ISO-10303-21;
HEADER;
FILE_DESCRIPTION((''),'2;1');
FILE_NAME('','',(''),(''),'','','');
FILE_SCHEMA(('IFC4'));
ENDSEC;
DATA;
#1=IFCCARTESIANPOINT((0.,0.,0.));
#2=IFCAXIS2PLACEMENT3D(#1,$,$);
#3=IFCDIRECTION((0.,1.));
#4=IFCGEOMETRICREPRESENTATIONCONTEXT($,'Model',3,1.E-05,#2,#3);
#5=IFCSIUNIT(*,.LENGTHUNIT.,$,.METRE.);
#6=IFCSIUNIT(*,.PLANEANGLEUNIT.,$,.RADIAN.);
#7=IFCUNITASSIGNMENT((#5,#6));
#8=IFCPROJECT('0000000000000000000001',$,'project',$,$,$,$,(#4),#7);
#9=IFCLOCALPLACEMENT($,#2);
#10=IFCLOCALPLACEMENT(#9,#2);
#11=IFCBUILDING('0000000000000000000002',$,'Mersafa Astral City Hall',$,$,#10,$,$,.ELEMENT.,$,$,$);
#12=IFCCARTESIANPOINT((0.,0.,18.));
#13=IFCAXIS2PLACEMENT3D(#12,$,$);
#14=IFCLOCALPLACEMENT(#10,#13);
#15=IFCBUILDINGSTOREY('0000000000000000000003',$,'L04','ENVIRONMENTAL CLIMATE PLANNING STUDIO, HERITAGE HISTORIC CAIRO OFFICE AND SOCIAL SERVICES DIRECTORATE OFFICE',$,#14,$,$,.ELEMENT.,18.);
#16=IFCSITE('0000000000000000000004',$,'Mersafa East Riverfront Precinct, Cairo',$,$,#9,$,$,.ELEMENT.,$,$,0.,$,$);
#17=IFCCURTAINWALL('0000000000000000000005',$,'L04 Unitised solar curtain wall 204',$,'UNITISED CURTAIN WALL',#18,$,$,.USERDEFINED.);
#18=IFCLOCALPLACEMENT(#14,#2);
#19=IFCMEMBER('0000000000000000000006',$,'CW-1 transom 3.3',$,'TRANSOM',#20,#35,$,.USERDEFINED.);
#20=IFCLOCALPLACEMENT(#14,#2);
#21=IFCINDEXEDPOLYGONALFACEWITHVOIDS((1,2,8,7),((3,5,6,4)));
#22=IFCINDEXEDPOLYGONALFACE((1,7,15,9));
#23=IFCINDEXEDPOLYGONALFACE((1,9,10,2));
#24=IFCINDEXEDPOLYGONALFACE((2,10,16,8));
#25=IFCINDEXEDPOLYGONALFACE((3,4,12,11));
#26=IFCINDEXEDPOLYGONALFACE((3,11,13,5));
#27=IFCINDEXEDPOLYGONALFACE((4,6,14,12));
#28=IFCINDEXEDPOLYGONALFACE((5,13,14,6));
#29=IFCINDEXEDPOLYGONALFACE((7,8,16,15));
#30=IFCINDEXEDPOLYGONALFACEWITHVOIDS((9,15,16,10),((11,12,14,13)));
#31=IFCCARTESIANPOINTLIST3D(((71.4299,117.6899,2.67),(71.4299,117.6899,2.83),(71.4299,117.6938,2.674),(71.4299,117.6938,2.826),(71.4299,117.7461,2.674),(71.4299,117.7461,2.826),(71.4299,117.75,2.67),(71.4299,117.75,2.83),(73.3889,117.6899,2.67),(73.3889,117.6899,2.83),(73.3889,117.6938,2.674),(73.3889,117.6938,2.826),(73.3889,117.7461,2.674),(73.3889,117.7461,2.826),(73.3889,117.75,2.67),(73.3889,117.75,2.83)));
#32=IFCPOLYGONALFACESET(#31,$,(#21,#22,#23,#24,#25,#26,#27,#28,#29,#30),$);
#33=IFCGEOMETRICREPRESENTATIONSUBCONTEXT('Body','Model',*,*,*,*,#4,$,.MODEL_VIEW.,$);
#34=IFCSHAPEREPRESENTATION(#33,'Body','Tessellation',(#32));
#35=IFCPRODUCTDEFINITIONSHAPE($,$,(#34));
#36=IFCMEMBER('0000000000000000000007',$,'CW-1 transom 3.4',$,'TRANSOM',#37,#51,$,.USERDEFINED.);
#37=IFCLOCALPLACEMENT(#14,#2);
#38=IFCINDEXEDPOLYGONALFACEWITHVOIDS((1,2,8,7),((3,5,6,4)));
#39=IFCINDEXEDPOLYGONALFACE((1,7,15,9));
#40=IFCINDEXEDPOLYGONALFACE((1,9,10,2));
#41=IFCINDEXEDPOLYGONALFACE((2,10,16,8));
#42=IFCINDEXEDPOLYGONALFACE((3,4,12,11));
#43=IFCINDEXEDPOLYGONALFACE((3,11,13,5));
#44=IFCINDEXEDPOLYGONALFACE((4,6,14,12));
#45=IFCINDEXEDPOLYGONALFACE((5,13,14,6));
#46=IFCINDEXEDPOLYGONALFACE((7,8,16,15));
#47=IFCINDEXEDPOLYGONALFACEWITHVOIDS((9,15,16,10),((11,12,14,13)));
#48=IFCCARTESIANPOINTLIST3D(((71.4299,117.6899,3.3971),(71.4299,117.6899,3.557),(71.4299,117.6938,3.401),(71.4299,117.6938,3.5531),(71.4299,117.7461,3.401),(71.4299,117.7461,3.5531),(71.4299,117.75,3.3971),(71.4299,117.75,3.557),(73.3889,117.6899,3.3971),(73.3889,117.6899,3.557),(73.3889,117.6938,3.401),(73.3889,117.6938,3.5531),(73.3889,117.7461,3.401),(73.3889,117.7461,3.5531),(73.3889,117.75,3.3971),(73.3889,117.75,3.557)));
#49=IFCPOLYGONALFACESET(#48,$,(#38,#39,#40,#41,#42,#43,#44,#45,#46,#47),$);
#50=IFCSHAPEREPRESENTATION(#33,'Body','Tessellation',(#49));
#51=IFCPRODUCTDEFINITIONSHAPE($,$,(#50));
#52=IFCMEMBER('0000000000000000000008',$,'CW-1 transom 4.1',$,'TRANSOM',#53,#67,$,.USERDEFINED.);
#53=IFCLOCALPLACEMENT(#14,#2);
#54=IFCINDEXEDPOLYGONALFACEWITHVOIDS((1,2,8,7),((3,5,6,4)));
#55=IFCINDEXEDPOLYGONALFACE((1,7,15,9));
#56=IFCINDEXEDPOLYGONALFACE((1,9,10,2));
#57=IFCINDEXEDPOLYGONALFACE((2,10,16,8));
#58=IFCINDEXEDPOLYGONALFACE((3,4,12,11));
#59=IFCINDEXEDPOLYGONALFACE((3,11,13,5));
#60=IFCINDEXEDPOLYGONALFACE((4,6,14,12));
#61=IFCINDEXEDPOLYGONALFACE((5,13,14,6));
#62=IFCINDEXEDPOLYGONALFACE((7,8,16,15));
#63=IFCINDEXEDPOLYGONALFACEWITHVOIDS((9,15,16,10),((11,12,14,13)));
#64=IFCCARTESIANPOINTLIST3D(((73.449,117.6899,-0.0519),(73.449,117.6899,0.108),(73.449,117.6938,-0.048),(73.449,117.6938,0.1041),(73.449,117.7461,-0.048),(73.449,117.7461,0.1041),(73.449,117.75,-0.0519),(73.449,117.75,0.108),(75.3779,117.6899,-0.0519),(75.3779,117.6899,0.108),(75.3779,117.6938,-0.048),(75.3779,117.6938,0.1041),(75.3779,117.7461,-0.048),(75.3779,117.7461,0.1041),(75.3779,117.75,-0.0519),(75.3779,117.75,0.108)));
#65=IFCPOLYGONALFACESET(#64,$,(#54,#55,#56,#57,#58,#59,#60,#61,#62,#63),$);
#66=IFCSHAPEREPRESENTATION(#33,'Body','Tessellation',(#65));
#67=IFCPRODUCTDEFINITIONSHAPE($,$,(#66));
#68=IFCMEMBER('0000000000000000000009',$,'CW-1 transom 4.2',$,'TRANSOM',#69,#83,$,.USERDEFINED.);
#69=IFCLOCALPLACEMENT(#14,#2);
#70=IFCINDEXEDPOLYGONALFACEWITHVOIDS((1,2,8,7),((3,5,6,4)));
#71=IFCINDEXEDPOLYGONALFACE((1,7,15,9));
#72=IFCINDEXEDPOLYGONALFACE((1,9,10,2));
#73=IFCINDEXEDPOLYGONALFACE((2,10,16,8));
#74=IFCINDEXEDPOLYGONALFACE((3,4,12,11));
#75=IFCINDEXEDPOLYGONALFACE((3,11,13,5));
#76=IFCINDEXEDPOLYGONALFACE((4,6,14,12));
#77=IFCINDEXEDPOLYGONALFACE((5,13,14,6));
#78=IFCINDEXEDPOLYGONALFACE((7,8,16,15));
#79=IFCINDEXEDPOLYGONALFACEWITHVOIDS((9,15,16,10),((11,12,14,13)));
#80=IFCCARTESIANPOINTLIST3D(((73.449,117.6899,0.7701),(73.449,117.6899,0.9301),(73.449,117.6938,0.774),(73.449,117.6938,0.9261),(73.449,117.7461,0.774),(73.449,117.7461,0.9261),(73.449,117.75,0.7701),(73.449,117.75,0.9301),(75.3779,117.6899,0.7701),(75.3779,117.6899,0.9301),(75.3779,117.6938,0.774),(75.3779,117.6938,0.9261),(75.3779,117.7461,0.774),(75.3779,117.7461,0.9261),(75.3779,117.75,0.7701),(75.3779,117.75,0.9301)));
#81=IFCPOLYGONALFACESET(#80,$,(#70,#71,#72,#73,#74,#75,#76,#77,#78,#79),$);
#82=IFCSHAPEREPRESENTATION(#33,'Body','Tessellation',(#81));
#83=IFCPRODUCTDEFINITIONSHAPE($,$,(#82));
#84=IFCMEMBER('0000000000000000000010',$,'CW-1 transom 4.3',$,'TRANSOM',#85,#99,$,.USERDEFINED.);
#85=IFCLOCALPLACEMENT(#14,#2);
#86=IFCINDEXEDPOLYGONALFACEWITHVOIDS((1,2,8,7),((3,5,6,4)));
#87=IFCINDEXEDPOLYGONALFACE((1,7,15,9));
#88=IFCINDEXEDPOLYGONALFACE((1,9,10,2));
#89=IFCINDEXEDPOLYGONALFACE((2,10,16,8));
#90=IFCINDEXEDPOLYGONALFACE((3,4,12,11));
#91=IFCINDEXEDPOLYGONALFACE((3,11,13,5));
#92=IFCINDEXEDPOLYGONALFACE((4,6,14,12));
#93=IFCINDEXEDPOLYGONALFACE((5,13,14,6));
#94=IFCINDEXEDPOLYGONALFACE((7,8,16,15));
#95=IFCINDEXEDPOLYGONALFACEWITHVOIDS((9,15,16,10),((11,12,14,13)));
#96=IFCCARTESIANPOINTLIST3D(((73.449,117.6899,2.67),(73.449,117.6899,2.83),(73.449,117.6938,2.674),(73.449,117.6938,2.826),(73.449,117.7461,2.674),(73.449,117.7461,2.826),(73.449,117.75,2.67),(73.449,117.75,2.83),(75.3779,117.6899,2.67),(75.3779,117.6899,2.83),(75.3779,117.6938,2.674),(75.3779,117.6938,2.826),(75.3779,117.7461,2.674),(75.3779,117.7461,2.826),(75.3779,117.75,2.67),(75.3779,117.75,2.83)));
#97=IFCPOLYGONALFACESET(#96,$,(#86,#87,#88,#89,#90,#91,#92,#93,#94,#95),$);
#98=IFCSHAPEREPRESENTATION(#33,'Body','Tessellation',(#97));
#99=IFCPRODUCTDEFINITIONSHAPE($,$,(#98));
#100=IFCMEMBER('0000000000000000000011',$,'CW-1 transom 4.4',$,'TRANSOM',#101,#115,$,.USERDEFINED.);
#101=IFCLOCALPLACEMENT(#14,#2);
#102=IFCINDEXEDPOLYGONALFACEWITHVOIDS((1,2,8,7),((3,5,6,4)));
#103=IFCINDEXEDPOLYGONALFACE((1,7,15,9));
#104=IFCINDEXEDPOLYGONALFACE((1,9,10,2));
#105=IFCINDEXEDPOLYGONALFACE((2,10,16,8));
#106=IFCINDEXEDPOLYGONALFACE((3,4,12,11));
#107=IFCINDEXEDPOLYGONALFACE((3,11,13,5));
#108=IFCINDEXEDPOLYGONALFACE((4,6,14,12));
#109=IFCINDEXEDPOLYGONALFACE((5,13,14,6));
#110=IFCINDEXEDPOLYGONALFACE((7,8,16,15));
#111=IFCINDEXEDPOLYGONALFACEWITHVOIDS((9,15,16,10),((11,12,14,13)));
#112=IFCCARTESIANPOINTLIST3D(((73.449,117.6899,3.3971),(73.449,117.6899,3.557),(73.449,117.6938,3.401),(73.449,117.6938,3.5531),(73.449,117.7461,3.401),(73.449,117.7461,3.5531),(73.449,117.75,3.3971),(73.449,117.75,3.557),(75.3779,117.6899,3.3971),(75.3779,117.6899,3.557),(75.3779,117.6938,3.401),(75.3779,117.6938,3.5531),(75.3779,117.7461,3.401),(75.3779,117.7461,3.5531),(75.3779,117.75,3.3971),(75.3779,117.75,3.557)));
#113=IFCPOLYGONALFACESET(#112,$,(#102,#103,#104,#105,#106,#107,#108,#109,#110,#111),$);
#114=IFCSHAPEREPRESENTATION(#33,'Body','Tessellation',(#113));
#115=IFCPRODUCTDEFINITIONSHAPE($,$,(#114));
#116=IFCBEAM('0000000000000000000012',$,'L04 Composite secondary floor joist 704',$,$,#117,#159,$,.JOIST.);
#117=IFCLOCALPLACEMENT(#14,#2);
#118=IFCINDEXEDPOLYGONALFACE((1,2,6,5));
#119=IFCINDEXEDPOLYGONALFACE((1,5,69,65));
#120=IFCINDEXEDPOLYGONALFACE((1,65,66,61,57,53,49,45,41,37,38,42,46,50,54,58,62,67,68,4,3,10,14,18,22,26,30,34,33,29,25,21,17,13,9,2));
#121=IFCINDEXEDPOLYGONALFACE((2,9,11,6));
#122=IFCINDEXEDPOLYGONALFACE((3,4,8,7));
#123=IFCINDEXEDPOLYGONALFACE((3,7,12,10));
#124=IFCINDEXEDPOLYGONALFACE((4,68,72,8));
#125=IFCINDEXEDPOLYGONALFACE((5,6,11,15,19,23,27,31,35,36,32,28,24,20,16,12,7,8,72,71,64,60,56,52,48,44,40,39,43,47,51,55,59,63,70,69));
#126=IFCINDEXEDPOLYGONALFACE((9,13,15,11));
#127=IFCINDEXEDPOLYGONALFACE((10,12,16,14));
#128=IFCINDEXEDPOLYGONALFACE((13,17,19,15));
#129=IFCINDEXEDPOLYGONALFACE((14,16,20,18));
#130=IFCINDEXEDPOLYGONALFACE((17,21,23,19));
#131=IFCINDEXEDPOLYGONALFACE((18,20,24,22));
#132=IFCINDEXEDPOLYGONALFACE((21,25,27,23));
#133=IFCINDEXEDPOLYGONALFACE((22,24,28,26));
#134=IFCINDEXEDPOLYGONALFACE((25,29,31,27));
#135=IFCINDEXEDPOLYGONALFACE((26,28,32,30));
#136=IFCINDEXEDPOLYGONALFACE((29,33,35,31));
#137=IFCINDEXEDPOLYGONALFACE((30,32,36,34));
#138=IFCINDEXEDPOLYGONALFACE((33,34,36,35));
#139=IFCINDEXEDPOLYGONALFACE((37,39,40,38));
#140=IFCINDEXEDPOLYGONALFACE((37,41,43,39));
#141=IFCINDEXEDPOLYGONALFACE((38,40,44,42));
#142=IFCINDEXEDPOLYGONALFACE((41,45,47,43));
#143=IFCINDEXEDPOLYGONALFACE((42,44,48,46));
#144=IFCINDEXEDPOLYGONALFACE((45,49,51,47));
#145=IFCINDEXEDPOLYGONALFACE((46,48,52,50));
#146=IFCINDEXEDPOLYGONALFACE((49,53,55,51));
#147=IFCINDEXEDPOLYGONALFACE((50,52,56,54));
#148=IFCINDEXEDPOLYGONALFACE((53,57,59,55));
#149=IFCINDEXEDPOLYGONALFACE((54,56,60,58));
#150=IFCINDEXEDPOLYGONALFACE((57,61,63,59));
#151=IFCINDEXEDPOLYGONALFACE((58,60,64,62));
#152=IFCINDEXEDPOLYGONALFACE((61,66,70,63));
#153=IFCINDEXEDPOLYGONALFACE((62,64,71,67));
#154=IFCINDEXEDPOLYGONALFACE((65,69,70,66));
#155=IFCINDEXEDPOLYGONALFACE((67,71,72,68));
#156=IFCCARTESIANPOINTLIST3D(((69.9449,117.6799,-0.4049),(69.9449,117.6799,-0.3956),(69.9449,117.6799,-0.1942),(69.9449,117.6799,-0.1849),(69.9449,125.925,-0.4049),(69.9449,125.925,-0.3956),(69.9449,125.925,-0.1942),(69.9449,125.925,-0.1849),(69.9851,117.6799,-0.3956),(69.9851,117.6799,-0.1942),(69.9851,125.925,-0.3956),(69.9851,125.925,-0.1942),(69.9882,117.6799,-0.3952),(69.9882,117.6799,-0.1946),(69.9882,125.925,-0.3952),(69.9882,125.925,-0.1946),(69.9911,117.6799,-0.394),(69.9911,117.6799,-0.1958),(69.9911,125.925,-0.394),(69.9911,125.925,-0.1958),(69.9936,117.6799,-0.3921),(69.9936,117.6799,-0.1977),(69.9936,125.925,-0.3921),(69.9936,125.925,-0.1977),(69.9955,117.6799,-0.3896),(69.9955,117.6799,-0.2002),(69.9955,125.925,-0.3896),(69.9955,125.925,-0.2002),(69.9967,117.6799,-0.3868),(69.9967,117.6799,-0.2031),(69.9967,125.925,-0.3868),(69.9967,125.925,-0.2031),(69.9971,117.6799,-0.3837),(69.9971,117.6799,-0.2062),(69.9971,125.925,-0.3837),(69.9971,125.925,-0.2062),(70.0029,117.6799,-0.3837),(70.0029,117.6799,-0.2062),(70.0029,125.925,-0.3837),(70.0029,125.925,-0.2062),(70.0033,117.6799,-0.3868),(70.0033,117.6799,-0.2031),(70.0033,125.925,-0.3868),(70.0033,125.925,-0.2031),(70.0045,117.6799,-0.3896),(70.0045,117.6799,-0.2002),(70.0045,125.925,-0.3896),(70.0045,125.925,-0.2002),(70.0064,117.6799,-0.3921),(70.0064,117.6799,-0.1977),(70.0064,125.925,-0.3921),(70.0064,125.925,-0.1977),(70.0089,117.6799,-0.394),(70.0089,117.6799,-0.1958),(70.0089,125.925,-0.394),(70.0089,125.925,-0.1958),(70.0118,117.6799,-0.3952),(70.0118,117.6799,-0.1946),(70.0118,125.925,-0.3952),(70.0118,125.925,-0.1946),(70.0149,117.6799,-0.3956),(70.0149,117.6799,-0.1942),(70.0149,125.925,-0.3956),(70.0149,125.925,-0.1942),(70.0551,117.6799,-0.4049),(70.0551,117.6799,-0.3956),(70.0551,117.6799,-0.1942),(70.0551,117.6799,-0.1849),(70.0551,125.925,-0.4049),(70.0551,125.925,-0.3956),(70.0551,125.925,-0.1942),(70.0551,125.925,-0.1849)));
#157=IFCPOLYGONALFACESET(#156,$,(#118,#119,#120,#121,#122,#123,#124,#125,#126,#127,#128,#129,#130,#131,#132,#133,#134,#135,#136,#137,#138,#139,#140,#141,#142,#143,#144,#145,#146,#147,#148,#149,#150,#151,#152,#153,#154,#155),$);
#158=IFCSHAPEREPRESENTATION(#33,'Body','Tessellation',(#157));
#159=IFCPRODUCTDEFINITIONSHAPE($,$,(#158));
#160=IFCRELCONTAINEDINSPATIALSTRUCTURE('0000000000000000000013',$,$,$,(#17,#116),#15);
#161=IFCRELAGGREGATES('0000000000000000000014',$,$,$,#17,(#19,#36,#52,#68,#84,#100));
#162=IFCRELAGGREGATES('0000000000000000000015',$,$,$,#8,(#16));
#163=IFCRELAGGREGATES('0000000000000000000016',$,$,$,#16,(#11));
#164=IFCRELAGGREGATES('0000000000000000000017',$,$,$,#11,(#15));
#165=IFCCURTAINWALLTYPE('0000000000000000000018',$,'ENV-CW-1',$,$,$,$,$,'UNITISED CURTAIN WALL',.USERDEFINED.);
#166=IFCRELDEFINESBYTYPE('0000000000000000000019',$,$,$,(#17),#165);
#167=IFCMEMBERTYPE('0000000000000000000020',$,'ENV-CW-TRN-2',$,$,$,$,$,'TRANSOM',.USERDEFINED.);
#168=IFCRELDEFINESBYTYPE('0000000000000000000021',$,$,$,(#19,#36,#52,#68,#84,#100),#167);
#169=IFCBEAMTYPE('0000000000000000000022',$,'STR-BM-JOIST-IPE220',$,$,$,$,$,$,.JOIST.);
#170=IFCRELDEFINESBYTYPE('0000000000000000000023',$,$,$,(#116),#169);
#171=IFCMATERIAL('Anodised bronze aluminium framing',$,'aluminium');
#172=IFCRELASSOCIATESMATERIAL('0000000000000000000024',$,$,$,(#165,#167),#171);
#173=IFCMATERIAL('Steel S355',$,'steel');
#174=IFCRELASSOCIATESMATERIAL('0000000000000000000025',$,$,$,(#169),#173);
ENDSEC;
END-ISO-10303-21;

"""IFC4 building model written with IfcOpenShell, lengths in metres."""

from ifc_helpers import new_model, si_unit, direction, frame, origin, origin_2d, place, context, subcontext, project, spatial, hollow_rectangle, i_section, extrude, material, material_profile, profile_set, type_object, element, aggregate, save


model = new_model("IFC4")

# Units and contexts
model_context = context("Model", 3, precision=1e-05, world=origin(), true_north=direction((0.0, 1.0)))
body_context = subcontext(model_context, "Body", "Model", "MODEL_VIEW")
ifc_project = project(units=[si_unit("LENGTHUNIT", "METRE"), si_unit("PLANEANGLEUNIT", "RADIAN")], contexts=[model_context])

# Site, building, storey
site_placement = place(None, origin())
site = spatial("IfcSite", under=ifc_project, at=site_placement, Name="Mersafa East Riverfront Precinct, Cairo", CompositionType="ELEMENT", RefElevation=0.0)
building_placement = place(site_placement, origin())
building = spatial("IfcBuilding", under=site, at=building_placement, Name="Mersafa Astral City Hall", CompositionType="ELEMENT")
storey_placement = place(building_placement, frame((0.0, 0.0, 18.0)))
storey = spatial("IfcBuildingStorey", under=building, at=storey_placement, Name="L04", Description="ENVIRONMENTAL CLIMATE PLANNING STUDIO, HERITAGE HISTORIC CAIRO OFFICE AND SOCIAL SERVICES DIRECTORATE OFFICE", CompositionType="ELEMENT", Elevation=18.0)

# Curtain wall, members
ifc_material_1 = material(Name="Anodised bronze aluminium framing", Category="aluminium")
curtain_wall_type = type_object("IfcCurtainWallType", Name="ENV-CW-1", ElementType="UNITISED CURTAIN WALL", PredefinedType="USERDEFINED", material=ifc_material_1)
curtain_wall_placement = place(storey_placement, origin())
curtain_wall = element("IfcCurtainWall", 1, at=curtain_wall_placement, inside=storey, type_object=curtain_wall_type, Name="L04 Unitised solar curtain wall 204", ObjectType="UNITISED CURTAIN WALL", PredefinedType="USERDEFINED")
ifc_material_profile_1 = material_profile(ifc_material_1, hollow_rectangle(XDim=0.0601, YDim=0.1599, WallThickness=0.0039, at=origin_2d()), Name="RHS 60x160x4")
ifc_profile_set_1 = profile_set([ifc_material_profile_1], Name="Anodised bronze aluminium framing")
member_type_1 = type_object("IfcMemberType", Name="ENV-CW-TRN-2", ElementType="TRANSOM", PredefinedType="USERDEFINED", material=ifc_profile_set_1)
member_1_placement = place(storey_placement, frame((71.4299, 117.72, 2.75), z_axis=(1.0, 0.0, 0.0), x_axis=(0.0, 1.0, 0.0)))
member_1 = element("IfcMember", 2, at=member_1_placement, type_object=member_type_1, Name="CW-1 transom 3.3", ObjectType="TRANSOM", PredefinedType="USERDEFINED", context=body_context, shape_type="SweptSolid", body=[
    extrude(hollow_rectangle(XDim=0.0601, YDim=0.1599, WallThickness=0.0039, at=origin_2d()), origin(), (0.0, 0.0, 1.0), 1.959),
])
member_2_placement = place(storey_placement, frame((71.4299, 117.72, 3.4771), z_axis=(1.0, 0.0, 0.0), x_axis=(0.0, 1.0, 0.0)))
member_2 = element("IfcMember", 3, at=member_2_placement, type_object=member_type_1, Name="CW-1 transom 3.4", ObjectType="TRANSOM", PredefinedType="USERDEFINED", context=body_context, shape_type="SweptSolid", body=[
    extrude(hollow_rectangle(XDim=0.0601, YDim=0.1599, WallThickness=0.0039, at=origin_2d()), origin(), (0.0, 0.0, 1.0), 1.959),
])
member_3_placement = place(storey_placement, frame((73.449, 117.72, 0.0281), z_axis=(1.0, 0.0, 0.0), x_axis=(0.0, 1.0, 0.0)))
member_3 = element("IfcMember", 4, at=member_3_placement, type_object=member_type_1, Name="CW-1 transom 4.1", ObjectType="TRANSOM", PredefinedType="USERDEFINED", context=body_context, shape_type="SweptSolid", body=[
    extrude(hollow_rectangle(XDim=0.0601, YDim=0.1599, WallThickness=0.0039, at=origin_2d()), origin(), (0.0, 0.0, 1.0), 1.929),
])
member_4_placement = place(storey_placement, frame((73.449, 117.72, 0.8501), z_axis=(1.0, 0.0, 0.0), x_axis=(0.0, 1.0, 0.0)))
member_4 = element("IfcMember", 5, at=member_4_placement, type_object=member_type_1, Name="CW-1 transom 4.2", ObjectType="TRANSOM", PredefinedType="USERDEFINED", context=body_context, shape_type="SweptSolid", body=[
    extrude(hollow_rectangle(XDim=0.0601, YDim=0.1599, WallThickness=0.0039, at=origin_2d()), origin(), (0.0, 0.0, 1.0), 1.929),
])
member_5_placement = place(storey_placement, frame((73.449, 117.72, 2.75), z_axis=(1.0, 0.0, 0.0), x_axis=(0.0, 1.0, 0.0)))
member_5 = element("IfcMember", 6, at=member_5_placement, type_object=member_type_1, Name="CW-1 transom 4.3", ObjectType="TRANSOM", PredefinedType="USERDEFINED", context=body_context, shape_type="SweptSolid", body=[
    extrude(hollow_rectangle(XDim=0.0601, YDim=0.1599, WallThickness=0.0039, at=origin_2d()), origin(), (0.0, 0.0, 1.0), 1.929),
])
member_6_placement = place(storey_placement, frame((73.449, 117.72, 3.4771), z_axis=(1.0, 0.0, 0.0), x_axis=(0.0, 1.0, 0.0)))
member_6 = element("IfcMember", 7, at=member_6_placement, type_object=member_type_1, Name="CW-1 transom 4.4", ObjectType="TRANSOM", PredefinedType="USERDEFINED", context=body_context, shape_type="SweptSolid", body=[
    extrude(hollow_rectangle(XDim=0.0601, YDim=0.1599, WallThickness=0.0039, at=origin_2d()), origin(), (0.0, 0.0, 1.0), 1.929),
])

# Beam
ifc_material_2 = material(Name="Steel S355", Category="steel")
ifc_material_profile_2 = material_profile(ifc_material_2, i_section(OverallWidth=0.1101, OverallDepth=0.22, WebThickness=0.0059, FlangeThickness=0.0093, FilletRadius=0.012, at=origin_2d()), Name="IPE 220")
ifc_profile_set_2 = profile_set([ifc_material_profile_2], Name="Steel S355")
beam_type = type_object("IfcBeamType", Name="STR-BM-JOIST-IPE220", PredefinedType="JOIST", material=ifc_profile_set_2)
for number, where, z_axis, x_axis, name in (
    (8, (70.0, 117.6799, -0.2949), (0.0, 1.0, 0.0), (-1.0, 0.0, 0.0), "L04 Composite secondary floor joist 704"),
):
    element("IfcBeam", number, at=place(storey_placement, frame(where, z_axis=z_axis, x_axis=x_axis)), inside=storey, type_object=beam_type, Name=name, PredefinedType="JOIST", context=body_context, shape_type="SweptSolid", body=[
        extrude(i_section(OverallWidth=0.1101, OverallDepth=0.22, WebThickness=0.0059, FlangeThickness=0.0093, FilletRadius=0.012, at=origin_2d()), origin(), (0.0, 0.0, 1.0), 8.2451),
    ])

aggregate(curtain_wall, [member_1, member_2, member_3, member_4, member_5, member_6])

save(model, "model.ifc")
